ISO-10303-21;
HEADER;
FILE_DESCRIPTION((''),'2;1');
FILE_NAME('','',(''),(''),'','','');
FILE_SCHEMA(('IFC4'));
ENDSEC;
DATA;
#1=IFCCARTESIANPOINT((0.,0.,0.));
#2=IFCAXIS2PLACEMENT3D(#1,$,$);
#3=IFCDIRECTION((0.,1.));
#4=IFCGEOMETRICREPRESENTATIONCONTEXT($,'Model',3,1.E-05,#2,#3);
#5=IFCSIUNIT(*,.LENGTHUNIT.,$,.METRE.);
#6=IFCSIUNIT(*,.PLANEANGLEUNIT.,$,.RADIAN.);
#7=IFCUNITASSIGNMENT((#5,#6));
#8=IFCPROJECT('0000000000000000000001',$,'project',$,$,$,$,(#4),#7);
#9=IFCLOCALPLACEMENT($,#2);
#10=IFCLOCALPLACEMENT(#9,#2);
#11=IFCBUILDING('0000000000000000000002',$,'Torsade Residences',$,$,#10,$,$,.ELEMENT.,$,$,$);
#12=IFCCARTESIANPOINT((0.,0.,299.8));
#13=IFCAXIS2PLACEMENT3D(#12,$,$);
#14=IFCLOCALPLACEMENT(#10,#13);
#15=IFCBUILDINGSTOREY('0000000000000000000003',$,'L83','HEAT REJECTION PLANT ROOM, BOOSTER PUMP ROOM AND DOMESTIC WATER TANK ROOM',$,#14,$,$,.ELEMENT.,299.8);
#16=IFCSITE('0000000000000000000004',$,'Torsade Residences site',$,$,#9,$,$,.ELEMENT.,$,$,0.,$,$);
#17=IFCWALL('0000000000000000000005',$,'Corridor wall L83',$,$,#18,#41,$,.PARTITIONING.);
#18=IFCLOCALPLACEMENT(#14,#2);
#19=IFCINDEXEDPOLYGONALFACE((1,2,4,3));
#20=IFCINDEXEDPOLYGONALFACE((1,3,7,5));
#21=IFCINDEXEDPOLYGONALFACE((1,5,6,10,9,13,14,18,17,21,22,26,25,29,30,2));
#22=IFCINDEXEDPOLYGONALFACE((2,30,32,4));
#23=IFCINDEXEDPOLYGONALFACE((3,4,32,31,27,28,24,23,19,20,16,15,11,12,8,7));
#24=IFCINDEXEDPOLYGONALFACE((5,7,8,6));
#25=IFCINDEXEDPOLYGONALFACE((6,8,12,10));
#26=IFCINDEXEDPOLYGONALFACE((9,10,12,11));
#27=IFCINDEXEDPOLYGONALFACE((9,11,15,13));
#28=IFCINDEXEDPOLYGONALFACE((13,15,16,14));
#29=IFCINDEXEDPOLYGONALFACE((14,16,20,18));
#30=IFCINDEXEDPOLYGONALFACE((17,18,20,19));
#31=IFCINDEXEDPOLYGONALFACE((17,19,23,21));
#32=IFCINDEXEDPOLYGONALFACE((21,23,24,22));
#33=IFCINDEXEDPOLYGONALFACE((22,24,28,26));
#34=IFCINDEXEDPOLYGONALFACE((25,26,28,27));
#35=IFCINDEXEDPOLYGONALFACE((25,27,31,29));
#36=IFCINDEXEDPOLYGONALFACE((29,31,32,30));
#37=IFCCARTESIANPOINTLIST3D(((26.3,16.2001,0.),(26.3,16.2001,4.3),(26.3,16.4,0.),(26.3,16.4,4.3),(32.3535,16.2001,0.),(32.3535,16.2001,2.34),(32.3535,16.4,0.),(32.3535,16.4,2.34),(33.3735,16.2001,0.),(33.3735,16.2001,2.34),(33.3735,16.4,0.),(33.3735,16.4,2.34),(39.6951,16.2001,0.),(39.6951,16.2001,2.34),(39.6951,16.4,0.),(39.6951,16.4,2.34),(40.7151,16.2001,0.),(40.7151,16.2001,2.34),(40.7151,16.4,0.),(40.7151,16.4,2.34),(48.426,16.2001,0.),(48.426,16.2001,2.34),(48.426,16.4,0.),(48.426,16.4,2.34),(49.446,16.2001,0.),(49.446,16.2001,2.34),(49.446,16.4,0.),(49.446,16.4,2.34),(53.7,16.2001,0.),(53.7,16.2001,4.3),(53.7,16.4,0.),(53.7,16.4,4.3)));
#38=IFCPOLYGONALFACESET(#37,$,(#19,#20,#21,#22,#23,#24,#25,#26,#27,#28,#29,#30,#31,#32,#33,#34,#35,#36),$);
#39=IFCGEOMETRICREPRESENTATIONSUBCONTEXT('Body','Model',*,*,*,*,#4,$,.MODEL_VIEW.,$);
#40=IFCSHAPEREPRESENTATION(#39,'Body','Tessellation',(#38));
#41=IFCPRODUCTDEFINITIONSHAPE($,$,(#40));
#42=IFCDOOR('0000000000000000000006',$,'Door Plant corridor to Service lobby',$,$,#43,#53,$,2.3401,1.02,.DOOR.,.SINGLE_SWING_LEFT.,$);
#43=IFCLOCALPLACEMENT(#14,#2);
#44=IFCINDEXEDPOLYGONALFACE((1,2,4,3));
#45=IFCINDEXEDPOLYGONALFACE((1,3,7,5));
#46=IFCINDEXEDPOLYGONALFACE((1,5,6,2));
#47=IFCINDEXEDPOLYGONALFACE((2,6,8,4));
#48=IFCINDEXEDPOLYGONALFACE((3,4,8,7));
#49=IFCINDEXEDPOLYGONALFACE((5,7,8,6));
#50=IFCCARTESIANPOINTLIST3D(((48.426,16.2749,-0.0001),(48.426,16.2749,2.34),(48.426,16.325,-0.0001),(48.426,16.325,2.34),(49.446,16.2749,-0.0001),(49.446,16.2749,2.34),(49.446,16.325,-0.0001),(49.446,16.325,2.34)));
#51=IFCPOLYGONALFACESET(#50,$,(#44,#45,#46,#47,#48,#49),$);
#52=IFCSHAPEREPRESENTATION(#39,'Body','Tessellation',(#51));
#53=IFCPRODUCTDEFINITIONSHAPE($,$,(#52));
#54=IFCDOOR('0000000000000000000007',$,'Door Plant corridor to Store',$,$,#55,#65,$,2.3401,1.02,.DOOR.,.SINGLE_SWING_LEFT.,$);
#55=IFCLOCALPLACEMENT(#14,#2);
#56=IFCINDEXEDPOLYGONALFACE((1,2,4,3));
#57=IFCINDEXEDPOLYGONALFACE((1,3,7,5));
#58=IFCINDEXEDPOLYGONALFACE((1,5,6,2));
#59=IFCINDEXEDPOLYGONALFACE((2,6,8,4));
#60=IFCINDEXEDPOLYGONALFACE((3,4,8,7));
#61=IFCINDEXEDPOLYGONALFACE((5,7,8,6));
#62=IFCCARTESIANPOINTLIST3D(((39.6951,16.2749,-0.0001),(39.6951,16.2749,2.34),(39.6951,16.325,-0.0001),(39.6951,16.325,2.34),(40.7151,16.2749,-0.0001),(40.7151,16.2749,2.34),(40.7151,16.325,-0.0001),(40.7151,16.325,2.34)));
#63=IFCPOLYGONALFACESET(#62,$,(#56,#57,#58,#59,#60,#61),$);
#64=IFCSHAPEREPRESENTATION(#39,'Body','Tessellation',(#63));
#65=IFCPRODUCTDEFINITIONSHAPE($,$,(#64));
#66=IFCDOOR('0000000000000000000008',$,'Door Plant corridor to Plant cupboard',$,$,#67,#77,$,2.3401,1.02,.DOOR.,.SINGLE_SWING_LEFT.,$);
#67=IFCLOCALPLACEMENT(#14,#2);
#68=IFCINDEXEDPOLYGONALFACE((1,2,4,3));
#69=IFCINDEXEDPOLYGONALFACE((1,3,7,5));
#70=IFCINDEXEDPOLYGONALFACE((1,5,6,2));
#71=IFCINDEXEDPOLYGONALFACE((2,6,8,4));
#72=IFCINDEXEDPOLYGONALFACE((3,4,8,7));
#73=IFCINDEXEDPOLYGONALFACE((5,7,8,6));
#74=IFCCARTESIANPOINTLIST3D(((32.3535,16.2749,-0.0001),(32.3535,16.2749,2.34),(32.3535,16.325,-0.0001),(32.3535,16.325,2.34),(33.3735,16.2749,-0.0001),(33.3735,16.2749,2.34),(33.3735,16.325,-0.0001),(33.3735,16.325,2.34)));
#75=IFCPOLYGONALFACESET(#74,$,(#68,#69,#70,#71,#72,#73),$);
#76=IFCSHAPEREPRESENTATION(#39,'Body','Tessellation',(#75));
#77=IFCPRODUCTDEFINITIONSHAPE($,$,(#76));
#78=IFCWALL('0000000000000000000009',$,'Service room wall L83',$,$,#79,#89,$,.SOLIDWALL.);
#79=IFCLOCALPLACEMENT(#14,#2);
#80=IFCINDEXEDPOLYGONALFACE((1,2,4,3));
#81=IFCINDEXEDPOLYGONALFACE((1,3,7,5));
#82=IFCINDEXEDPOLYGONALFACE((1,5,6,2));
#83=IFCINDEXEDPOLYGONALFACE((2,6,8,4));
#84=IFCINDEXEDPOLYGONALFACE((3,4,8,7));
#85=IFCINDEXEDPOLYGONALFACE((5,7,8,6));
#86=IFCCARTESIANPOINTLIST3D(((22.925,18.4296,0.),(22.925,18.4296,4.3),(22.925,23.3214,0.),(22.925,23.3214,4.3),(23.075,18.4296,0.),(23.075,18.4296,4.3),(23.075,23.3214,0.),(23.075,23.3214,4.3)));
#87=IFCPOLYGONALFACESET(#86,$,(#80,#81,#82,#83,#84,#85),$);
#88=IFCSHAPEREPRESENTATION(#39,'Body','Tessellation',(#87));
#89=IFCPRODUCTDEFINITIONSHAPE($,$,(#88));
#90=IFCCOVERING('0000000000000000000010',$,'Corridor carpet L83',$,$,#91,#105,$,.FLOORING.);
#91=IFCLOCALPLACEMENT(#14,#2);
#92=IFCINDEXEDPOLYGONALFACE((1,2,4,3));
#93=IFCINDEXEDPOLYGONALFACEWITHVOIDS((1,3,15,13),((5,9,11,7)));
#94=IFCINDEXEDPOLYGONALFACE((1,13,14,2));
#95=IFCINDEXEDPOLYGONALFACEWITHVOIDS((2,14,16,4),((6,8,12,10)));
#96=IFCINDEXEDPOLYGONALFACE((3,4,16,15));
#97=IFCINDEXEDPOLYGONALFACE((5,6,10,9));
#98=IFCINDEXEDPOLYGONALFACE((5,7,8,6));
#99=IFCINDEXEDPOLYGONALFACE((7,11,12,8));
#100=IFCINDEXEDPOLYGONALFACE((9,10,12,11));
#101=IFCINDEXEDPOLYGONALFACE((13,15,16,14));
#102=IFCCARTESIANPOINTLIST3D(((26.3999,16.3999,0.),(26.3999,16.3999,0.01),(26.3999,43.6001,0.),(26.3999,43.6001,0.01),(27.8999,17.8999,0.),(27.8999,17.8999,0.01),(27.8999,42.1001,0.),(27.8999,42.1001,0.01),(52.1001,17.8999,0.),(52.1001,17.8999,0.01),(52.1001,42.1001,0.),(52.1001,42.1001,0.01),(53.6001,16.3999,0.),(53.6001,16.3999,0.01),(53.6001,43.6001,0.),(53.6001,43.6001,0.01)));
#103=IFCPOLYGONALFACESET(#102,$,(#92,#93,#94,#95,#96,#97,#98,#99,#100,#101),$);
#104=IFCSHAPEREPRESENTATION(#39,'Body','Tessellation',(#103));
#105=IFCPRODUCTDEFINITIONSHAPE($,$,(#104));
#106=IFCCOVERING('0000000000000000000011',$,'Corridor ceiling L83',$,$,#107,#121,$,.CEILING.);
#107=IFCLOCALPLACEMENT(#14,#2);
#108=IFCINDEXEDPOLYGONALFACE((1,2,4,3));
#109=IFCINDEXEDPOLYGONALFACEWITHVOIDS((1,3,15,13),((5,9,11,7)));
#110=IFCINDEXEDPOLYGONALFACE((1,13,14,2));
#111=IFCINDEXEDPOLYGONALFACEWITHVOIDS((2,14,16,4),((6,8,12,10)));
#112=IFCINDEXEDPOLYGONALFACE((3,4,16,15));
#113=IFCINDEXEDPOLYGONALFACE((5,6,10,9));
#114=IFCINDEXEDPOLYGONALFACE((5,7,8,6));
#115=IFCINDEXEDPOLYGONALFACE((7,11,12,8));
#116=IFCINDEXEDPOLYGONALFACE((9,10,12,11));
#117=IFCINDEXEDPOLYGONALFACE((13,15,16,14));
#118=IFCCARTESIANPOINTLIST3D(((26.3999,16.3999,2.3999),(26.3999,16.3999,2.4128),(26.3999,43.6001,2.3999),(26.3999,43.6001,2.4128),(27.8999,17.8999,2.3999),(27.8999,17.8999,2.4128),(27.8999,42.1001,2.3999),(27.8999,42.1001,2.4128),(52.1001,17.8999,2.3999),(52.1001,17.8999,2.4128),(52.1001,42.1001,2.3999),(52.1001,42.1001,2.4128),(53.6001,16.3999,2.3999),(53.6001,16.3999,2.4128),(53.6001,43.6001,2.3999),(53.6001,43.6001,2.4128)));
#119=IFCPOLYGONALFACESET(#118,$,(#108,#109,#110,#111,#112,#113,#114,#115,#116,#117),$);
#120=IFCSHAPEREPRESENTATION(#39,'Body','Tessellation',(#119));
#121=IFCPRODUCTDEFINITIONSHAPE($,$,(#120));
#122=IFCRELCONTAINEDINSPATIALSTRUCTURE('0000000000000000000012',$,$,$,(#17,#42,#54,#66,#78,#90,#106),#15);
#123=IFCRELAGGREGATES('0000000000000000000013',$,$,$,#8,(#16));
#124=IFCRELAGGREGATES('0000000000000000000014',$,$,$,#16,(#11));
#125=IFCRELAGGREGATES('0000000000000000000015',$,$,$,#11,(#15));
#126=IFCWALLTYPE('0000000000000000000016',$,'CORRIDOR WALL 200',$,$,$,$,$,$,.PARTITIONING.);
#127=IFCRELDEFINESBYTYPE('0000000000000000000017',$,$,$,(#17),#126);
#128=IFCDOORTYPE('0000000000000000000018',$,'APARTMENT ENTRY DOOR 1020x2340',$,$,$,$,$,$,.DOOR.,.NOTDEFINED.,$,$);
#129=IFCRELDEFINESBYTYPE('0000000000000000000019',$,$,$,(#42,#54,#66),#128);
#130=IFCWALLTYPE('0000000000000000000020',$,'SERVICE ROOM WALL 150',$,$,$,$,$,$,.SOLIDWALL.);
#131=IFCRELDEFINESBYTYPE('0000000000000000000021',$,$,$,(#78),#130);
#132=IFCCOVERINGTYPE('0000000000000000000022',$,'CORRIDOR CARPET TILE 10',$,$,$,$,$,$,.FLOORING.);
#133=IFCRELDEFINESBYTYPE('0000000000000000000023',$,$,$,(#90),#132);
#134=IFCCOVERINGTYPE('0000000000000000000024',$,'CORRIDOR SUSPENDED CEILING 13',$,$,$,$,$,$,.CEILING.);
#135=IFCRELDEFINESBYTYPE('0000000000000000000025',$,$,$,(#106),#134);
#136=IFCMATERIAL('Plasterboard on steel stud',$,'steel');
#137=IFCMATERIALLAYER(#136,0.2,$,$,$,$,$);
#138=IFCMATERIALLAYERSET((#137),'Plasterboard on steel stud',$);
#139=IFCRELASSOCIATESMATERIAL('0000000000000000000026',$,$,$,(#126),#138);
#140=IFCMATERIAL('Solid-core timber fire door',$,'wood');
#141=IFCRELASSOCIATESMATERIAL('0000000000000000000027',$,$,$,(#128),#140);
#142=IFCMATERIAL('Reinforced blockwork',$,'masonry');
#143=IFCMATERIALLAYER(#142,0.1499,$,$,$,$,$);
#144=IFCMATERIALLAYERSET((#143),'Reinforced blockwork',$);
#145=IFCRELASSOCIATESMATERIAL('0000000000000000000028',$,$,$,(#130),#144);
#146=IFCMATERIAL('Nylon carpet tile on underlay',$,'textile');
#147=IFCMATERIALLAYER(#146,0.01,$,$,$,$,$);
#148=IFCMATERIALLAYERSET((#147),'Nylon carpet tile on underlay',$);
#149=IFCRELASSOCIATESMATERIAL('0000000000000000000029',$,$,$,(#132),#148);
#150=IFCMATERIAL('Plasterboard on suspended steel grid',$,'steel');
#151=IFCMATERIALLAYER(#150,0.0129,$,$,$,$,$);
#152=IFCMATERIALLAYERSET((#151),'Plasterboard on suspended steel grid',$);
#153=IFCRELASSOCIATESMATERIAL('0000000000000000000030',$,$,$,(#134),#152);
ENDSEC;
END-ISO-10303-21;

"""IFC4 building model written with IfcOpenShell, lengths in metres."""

from ifc_helpers import new_model, si_unit, direction, frame, frame_2d, origin, place, context, subcontext, project, spatial, polyline, rectangle, outline, extrude, material, layer, layer_set, type_object, element, fill, save


model = new_model("IFC4")

# Units and contexts
model_context = context("Model", 3, precision=1e-05, world=origin(), true_north=direction((0.0, 1.0)))
body_context = subcontext(model_context, "Body", "Model", "MODEL_VIEW")
ifc_project = project(units=[si_unit("LENGTHUNIT", "METRE"), si_unit("PLANEANGLEUNIT", "RADIAN")], contexts=[model_context])

# Site, building, storey
site_placement = place(None, origin())
site = spatial("IfcSite", under=ifc_project, at=site_placement, Name="Torsade Residences site", CompositionType="ELEMENT", RefElevation=0.0)
building_placement = place(site_placement, origin())
building = spatial("IfcBuilding", under=site, at=building_placement, Name="Torsade Residences", CompositionType="ELEMENT")
storey_placement = place(building_placement, frame((0.0, 0.0, 299.8)))
storey = spatial("IfcBuildingStorey", under=building, at=storey_placement, Name="L83", Description="HEAT REJECTION PLANT ROOM, BOOSTER PUMP ROOM AND DOMESTIC WATER TANK ROOM", CompositionType="ELEMENT", Elevation=299.8)

# Wall, openings, doors
ifc_material_1 = material(Name="Plasterboard on steel stud", Category="steel")
ifc_layer_1 = layer(ifc_material_1, 0.2)
ifc_layer_set_1 = layer_set([ifc_layer_1], Name="Plasterboard on steel stud")
wall_type_1 = type_object("IfcWallType", Name="CORRIDOR WALL 200", PredefinedType="PARTITIONING", material=ifc_layer_set_1)
wall_1_placement = place(storey_placement, frame((26.3, 16.3, 0.0), z_axis=(0.0, 0.0, 1.0), x_axis=(1.0, 0.0, 0.0)))
wall_1 = element("IfcWall", 1, at=wall_1_placement, inside=storey, type_object=wall_type_1, Name="Corridor wall L83", PredefinedType="PARTITIONING", context=body_context, shape_type="SweptSolid", body=[
    extrude(rectangle(XDim=27.3999, YDim=0.2, at=frame_2d((13.7, 0.0))), origin(), (0.0, 0.0, 1.0), 4.3),
])
opening_1_placement = place(wall_1_placement, frame((22.126, 0.0, 0.0)))
opening_1 = element("IfcOpeningElement", 2, at=opening_1_placement, cuts=wall_1, PredefinedType="OPENING", context=body_context, shape_type="SweptSolid", body=[
    extrude(rectangle(XDim=1.02, YDim=2.3401, at=frame_2d((0.51, 1.1699))), frame((0.0, 0.1099, 0.0), z_axis=(0.0, -1.0, 0.0), x_axis=(1.0, 0.0, 0.0)), (0.0, 0.0, 1.0), 0.22),
])
opening_2_placement = place(wall_1_placement, frame((13.395, 0.0, 0.0)))
opening_2 = element("IfcOpeningElement", 3, at=opening_2_placement, cuts=wall_1, PredefinedType="OPENING", context=body_context, shape_type="SweptSolid", body=[
    extrude(rectangle(XDim=1.02, YDim=2.3401, at=frame_2d((0.51, 1.1699))), frame((0.0, 0.1099, 0.0), z_axis=(0.0, -1.0, 0.0), x_axis=(1.0, 0.0, 0.0)), (0.0, 0.0, 1.0), 0.22),
])
opening_3_placement = place(wall_1_placement, frame((6.0535, 0.0, 0.0)))
opening_3 = element("IfcOpeningElement", 4, at=opening_3_placement, cuts=wall_1, PredefinedType="OPENING", context=body_context, shape_type="SweptSolid", body=[
    extrude(rectangle(XDim=1.02, YDim=2.3401, at=frame_2d((0.51, 1.1699))), frame((0.0, 0.1099, 0.0), z_axis=(0.0, -1.0, 0.0), x_axis=(1.0, 0.0, 0.0)), (0.0, 0.0, 1.0), 0.22),
])
ifc_material_2 = material(Name="Solid-core timber fire door", Category="wood")
door_type = type_object("IfcDoorType", Name="APARTMENT ENTRY DOOR 1020x2340", OperationType="NOTDEFINED", PredefinedType="DOOR", material=ifc_material_2)
door_1_placement = place(opening_1_placement, origin())
door_1 = element("IfcDoor", 5, at=door_1_placement, inside=storey, type_object=door_type, Name="Door Plant corridor to Service lobby", OperationType="SINGLE_SWING_LEFT", OverallHeight=2.3401, OverallWidth=1.02, PredefinedType="DOOR", context=body_context, shape_type="SweptSolid", body=[
    extrude(rectangle(XDim=1.02, YDim=2.3401, at=frame_2d((0.51, 1.1699))), frame((0.0, 0.0249, 0.0), z_axis=(0.0, -1.0, 0.0), x_axis=(1.0, 0.0, 0.0)), (0.0, 0.0, 1.0), 0.05),
])
fill(opening_1, door_1)
door_2_placement = place(opening_2_placement, origin())
door_2 = element("IfcDoor", 6, at=door_2_placement, inside=storey, type_object=door_type, Name="Door Plant corridor to Store", OperationType="SINGLE_SWING_LEFT", OverallHeight=2.3401, OverallWidth=1.02, PredefinedType="DOOR", context=body_context, shape_type="SweptSolid", body=[
    extrude(rectangle(XDim=1.02, YDim=2.3401, at=frame_2d((0.51, 1.1699))), frame((0.0, 0.0249, 0.0), z_axis=(0.0, -1.0, 0.0), x_axis=(1.0, 0.0, 0.0)), (0.0, 0.0, 1.0), 0.05),
])
fill(opening_2, door_2)
door_3_placement = place(opening_3_placement, origin())
door_3 = element("IfcDoor", 7, at=door_3_placement, inside=storey, type_object=door_type, Name="Door Plant corridor to Plant cupboard", OperationType="SINGLE_SWING_LEFT", OverallHeight=2.3401, OverallWidth=1.02, PredefinedType="DOOR", context=body_context, shape_type="SweptSolid", body=[
    extrude(rectangle(XDim=1.02, YDim=2.3401, at=frame_2d((0.51, 1.1699))), frame((0.0, 0.0249, 0.0), z_axis=(0.0, -1.0, 0.0), x_axis=(1.0, 0.0, 0.0)), (0.0, 0.0, 1.0), 0.05),
])
fill(opening_3, door_3)

# Wall
ifc_material_3 = material(Name="Reinforced blockwork", Category="masonry")
ifc_layer_2 = layer(ifc_material_3, 0.1499)
ifc_layer_set_2 = layer_set([ifc_layer_2], Name="Reinforced blockwork")
wall_type_2 = type_object("IfcWallType", Name="SERVICE ROOM WALL 150", PredefinedType="SOLIDWALL", material=ifc_layer_set_2)
wall_2_placement = place(storey_placement, frame((23.0, 18.4297, 0.0), z_axis=(0.0, 0.0, 1.0), x_axis=(0.0, 1.0, 0.0)))
element("IfcWall", 8, at=wall_2_placement, inside=storey, type_object=wall_type_2, Name="Service room wall L83", PredefinedType="SOLIDWALL", context=body_context, shape_type="SweptSolid", body=[
    extrude(rectangle(XDim=4.8918, YDim=0.1499, at=frame_2d((2.4458, 0.0))), origin(), (0.0, 0.0, 1.0), 4.3),
])

# Coverings
ifc_material_4 = material(Name="Nylon carpet tile on underlay", Category="textile")
ifc_layer_3 = layer(ifc_material_4, 0.01)
ifc_layer_set_3 = layer_set([ifc_layer_3], Name="Nylon carpet tile on underlay")
covering_type_1 = type_object("IfcCoveringType", Name="CORRIDOR CARPET TILE 10", PredefinedType="FLOORING", material=ifc_layer_set_3)
covering_1_placement = place(storey_placement, origin())
element("IfcCovering", 9, at=covering_1_placement, inside=storey, type_object=covering_type_1, Name="Corridor carpet L83", PredefinedType="FLOORING", context=body_context, shape_type="SweptSolid", body=[
    extrude(outline(polyline([(26.3999, 16.3999), (53.6001, 16.3999), (53.6001, 43.6001), (26.3999, 43.6001), (26.3999, 16.3999)]), holes=[polyline([(27.8999, 42.1001), (27.8999, 17.8999), (52.1001, 17.8999), (52.1001, 42.1001), (27.8999, 42.1001)])]), origin(), (0.0, 0.0, 1.0), 0.01),
])
ifc_material_5 = material(Name="Plasterboard on suspended steel grid", Category="steel")
ifc_layer_4 = layer(ifc_material_5, 0.0129)
ifc_layer_set_4 = layer_set([ifc_layer_4], Name="Plasterboard on suspended steel grid")
covering_type_2 = type_object("IfcCoveringType", Name="CORRIDOR SUSPENDED CEILING 13", PredefinedType="CEILING", material=ifc_layer_set_4)
covering_2_placement = place(storey_placement, frame((0.0, 0.0, 2.3999)))
element("IfcCovering", 10, at=covering_2_placement, inside=storey, type_object=covering_type_2, Name="Corridor ceiling L83", PredefinedType="CEILING", context=body_context, shape_type="SweptSolid", body=[
    extrude(outline(polyline([(26.3999, 16.3999), (53.6001, 16.3999), (53.6001, 43.6001), (26.3999, 43.6001), (26.3999, 16.3999)]), holes=[polyline([(27.8999, 42.1001), (27.8999, 17.8999), (52.1001, 17.8999), (52.1001, 42.1001), (27.8999, 42.1001)])]), origin(), (0.0, 0.0, 1.0), 0.0129),
])

save(model, "model.ifc")
